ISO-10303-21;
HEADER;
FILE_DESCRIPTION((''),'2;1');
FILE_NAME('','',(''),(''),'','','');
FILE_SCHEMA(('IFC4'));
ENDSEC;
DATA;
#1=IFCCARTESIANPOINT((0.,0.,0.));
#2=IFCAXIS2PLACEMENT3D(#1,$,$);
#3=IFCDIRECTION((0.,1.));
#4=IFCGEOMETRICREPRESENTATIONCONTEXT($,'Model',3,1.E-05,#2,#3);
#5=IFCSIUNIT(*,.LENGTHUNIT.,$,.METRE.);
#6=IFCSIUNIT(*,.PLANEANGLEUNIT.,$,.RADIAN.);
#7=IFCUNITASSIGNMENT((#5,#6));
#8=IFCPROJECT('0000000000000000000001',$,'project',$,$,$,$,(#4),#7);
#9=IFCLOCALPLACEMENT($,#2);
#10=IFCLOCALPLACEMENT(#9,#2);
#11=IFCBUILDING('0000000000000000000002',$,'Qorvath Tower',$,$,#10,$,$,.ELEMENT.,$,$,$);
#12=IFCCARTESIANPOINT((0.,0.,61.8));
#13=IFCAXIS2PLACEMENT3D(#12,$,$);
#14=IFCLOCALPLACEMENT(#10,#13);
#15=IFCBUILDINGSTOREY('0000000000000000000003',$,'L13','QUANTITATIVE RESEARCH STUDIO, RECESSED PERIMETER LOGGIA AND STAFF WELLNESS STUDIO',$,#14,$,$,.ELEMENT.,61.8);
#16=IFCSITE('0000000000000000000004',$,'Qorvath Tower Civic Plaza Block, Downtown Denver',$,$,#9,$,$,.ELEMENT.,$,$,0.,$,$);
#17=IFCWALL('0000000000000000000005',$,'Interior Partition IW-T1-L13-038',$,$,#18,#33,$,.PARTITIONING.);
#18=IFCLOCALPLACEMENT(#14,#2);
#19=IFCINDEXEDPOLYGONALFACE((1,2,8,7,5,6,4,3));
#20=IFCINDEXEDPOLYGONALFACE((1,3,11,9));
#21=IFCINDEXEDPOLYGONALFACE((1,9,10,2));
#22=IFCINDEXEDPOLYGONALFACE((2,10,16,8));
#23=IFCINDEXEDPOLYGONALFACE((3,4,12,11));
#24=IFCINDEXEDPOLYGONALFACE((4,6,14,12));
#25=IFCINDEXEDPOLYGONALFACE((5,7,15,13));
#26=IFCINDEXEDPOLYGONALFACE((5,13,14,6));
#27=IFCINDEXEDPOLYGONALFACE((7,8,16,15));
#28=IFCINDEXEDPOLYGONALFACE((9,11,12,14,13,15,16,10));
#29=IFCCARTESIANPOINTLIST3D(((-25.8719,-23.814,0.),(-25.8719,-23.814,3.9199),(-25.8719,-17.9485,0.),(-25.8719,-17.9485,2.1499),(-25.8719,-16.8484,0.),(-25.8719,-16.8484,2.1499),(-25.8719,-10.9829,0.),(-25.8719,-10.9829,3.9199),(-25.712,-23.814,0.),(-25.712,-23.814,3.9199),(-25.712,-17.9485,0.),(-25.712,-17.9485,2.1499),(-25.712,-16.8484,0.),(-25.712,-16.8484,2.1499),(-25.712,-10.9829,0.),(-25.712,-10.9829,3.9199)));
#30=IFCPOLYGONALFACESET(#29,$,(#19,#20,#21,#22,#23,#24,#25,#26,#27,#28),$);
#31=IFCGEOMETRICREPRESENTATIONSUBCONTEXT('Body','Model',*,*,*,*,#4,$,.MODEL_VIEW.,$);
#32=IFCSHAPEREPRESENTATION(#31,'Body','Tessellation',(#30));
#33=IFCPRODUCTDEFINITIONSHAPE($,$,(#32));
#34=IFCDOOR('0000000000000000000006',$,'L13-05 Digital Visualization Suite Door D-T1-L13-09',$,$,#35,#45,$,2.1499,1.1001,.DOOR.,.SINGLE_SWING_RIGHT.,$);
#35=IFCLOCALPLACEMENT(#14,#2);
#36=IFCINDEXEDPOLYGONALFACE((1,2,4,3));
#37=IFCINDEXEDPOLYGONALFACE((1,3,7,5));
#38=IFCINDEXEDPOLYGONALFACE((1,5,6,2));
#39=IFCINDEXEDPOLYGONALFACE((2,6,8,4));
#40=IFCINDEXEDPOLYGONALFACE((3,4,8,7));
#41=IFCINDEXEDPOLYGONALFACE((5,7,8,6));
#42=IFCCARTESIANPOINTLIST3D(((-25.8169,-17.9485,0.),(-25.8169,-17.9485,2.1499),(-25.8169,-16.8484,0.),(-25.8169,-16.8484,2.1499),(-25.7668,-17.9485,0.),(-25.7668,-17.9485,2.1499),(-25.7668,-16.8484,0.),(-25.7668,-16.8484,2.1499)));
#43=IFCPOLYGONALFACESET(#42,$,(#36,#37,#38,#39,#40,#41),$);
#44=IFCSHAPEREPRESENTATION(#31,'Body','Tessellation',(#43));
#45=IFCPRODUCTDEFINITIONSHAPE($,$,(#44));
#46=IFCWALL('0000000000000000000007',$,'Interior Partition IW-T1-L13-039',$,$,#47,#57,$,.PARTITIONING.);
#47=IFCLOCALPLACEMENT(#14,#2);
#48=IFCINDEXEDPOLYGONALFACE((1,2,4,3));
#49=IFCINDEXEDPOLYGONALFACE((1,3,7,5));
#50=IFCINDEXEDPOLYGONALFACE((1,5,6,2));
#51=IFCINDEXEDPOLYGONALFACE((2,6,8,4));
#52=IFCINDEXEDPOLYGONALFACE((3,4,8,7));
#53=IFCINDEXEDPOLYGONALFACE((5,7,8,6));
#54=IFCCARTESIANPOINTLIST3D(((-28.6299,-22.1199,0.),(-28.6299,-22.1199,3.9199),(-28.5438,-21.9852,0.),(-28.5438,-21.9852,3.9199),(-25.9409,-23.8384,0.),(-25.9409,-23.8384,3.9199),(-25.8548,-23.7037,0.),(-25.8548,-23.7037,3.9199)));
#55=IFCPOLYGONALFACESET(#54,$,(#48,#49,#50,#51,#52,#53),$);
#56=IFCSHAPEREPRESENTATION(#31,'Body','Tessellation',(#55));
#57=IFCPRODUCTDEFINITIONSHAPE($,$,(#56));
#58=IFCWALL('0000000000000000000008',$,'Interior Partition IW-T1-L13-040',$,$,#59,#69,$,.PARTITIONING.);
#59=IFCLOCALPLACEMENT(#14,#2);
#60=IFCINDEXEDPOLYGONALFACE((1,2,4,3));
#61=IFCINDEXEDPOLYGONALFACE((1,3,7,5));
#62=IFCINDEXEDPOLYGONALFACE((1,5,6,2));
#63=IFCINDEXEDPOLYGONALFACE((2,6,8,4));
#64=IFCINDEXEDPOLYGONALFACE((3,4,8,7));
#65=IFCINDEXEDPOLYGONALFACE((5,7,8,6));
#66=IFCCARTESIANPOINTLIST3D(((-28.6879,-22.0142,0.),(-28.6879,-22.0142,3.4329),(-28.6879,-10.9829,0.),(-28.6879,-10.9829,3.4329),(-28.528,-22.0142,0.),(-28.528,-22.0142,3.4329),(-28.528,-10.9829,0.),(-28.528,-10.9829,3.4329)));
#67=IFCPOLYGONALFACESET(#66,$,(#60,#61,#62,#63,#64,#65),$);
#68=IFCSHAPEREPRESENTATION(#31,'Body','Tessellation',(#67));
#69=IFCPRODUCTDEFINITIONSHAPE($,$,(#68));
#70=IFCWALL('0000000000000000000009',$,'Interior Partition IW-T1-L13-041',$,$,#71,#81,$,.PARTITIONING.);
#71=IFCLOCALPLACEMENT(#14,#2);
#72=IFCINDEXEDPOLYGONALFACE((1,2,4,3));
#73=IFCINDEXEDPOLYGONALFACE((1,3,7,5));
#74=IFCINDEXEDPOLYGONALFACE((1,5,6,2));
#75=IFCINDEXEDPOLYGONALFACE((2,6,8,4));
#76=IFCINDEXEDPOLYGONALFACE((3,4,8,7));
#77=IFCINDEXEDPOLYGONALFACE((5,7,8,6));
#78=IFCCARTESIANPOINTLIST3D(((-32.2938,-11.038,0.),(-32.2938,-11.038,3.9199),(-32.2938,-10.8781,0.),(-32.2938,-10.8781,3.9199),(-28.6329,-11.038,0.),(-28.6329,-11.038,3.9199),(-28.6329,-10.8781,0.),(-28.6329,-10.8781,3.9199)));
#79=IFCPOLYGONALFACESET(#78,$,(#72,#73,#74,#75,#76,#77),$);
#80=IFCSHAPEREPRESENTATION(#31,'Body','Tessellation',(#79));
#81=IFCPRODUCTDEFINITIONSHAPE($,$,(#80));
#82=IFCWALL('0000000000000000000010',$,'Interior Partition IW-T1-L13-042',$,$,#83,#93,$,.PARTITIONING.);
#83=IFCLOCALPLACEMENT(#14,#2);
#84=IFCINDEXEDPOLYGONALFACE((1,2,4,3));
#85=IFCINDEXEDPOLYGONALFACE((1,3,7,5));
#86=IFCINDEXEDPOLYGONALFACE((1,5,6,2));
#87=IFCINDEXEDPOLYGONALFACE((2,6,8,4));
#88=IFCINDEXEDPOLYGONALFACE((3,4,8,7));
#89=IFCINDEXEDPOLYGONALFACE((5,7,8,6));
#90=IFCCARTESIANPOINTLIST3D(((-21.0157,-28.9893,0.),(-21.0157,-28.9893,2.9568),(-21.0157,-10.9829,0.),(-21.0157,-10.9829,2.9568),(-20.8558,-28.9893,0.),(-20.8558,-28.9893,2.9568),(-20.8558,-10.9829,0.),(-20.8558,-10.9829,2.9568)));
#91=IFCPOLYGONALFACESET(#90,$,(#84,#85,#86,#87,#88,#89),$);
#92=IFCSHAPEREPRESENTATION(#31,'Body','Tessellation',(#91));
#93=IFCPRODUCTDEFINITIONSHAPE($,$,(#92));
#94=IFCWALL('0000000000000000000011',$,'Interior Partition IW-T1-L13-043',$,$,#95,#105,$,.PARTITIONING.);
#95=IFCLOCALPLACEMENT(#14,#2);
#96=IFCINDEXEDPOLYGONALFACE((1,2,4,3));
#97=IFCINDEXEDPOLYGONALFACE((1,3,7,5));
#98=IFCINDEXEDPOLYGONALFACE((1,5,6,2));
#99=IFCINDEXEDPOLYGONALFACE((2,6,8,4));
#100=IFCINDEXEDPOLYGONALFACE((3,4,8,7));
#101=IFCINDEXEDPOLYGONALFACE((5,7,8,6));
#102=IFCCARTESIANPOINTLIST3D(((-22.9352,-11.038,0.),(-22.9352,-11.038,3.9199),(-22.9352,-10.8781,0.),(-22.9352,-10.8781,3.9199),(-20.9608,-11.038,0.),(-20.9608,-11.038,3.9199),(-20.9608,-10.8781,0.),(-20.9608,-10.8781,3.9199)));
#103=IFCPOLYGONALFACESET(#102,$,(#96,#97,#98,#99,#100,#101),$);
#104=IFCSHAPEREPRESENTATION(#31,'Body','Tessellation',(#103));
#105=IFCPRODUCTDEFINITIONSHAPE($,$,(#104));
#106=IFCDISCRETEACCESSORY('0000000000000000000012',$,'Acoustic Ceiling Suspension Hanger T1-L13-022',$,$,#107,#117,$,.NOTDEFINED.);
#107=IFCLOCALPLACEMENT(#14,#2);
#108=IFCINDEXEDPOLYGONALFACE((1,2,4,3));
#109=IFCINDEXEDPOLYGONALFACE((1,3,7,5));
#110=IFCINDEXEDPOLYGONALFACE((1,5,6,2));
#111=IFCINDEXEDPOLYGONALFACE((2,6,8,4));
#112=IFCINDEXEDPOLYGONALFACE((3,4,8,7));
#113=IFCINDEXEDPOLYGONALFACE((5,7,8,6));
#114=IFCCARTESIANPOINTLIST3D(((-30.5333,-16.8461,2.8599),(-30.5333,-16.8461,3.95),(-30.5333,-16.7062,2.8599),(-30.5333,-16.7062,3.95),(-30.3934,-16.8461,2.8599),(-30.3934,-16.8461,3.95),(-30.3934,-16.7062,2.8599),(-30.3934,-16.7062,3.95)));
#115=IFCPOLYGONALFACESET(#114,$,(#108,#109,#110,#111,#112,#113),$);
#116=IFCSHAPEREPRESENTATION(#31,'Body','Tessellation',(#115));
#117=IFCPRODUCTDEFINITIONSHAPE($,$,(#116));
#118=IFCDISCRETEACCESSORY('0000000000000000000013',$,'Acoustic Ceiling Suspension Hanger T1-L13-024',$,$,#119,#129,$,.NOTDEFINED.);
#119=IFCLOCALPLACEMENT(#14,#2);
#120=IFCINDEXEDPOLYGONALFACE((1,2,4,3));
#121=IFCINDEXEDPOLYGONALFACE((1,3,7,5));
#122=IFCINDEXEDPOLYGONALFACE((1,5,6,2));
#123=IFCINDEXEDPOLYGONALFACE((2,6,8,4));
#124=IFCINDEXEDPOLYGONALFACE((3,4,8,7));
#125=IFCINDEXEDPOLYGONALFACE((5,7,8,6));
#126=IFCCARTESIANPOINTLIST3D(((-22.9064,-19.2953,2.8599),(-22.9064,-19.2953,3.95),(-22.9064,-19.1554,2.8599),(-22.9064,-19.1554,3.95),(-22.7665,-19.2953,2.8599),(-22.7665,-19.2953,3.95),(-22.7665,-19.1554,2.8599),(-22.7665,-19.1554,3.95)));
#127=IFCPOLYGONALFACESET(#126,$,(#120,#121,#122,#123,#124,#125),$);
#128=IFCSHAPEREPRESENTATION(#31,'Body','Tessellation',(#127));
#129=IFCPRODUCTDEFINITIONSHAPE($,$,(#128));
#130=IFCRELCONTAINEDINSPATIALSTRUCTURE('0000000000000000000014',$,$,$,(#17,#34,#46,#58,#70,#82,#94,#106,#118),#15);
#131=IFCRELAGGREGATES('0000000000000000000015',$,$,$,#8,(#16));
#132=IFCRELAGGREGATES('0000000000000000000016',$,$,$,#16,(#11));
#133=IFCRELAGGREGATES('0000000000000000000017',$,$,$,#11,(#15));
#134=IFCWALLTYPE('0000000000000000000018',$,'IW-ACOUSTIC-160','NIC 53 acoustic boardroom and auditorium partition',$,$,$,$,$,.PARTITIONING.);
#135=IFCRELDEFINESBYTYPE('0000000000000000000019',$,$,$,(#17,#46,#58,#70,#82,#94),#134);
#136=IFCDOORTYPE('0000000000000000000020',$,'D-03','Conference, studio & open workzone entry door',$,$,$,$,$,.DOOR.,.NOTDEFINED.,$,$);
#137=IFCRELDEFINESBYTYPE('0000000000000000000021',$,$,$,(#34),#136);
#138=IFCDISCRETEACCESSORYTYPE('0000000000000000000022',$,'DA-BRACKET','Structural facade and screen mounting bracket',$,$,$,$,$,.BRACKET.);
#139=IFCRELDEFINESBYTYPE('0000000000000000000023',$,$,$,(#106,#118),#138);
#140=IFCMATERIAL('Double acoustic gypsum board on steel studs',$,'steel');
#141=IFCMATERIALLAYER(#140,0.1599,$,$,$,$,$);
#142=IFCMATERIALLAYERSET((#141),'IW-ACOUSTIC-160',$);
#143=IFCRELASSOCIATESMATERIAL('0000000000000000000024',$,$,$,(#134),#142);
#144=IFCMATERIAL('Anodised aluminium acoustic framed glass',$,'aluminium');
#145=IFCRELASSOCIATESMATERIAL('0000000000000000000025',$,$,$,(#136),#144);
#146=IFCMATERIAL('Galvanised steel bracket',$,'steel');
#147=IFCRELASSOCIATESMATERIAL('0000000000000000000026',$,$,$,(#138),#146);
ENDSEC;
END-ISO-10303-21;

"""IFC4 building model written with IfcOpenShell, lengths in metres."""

from ifc_helpers import new_model, si_unit, direction, frame, frame_2d, origin, origin_2d, place, context, subcontext, project, spatial, rectangle, extrude, material, layer, layer_set, type_object, element, fill, save


model = new_model("IFC4")

# Units and contexts
model_context = context("Model", 3, precision=1e-05, world=origin(), true_north=direction((0.0, 1.0)))
body_context = subcontext(model_context, "Body", "Model", "MODEL_VIEW")
ifc_project = project(units=[si_unit("LENGTHUNIT", "METRE"), si_unit("PLANEANGLEUNIT", "RADIAN")], contexts=[model_context])

# Site, building, storey
site_placement = place(None, origin())
site = spatial("IfcSite", under=ifc_project, at=site_placement, Name="Qorvath Tower Civic Plaza Block, Downtown Denver", CompositionType="ELEMENT", RefElevation=0.0)
building_placement = place(site_placement, origin())
building = spatial("IfcBuilding", under=site, at=building_placement, Name="Qorvath Tower", CompositionType="ELEMENT")
storey_placement = place(building_placement, frame((0.0, 0.0, 61.8)))
storey = spatial("IfcBuildingStorey", under=building, at=storey_placement, Name="L13", Description="QUANTITATIVE RESEARCH STUDIO, RECESSED PERIMETER LOGGIA AND STAFF WELLNESS STUDIO", CompositionType="ELEMENT", Elevation=61.8)

# Shared definitions
ifc_material_1 = material(Name="Double acoustic gypsum board on steel studs", Category="steel")
ifc_layer_1 = layer(ifc_material_1, 0.1599)
ifc_layer_set_1 = layer_set([ifc_layer_1], Name="IW-ACOUSTIC-160")
wall_type = type_object("IfcWallType", Name="IW-ACOUSTIC-160", Description="NIC 53 acoustic boardroom and auditorium partition", PredefinedType="PARTITIONING", material=ifc_layer_set_1)

# Wall, opening, door
wall_1_placement = place(storey_placement, frame((-25.792, -23.814, 0.0), z_axis=(0.0, 0.0, 1.0), x_axis=(0.0, 1.0, 0.0)))
wall_1 = element("IfcWall", 1, at=wall_1_placement, inside=storey, type_object=wall_type, Name="Interior Partition IW-T1-L13-038", PredefinedType="PARTITIONING", context=body_context, shape_type="SweptSolid", body=[
    extrude(rectangle(XDim=12.8311, YDim=0.1599, at=frame_2d((6.4155, 0.0))), origin(), (0.0, 0.0, 1.0), 3.9199),
])
opening_1_placement = place(wall_1_placement, frame((5.8655, 0.0, 0.0)))
opening_1 = element("IfcOpeningElement", 2, at=opening_1_placement, cuts=wall_1, PredefinedType="OPENING", context=body_context, shape_type="SweptSolid", body=[
    extrude(rectangle(XDim=1.1001, YDim=2.1499, at=frame_2d((0.55, 1.075))), frame((0.0, 0.0898, 0.0), z_axis=(0.0, -1.0, 0.0), x_axis=(1.0, 0.0, 0.0)), (0.0, 0.0, 1.0), 0.1799),
])
ifc_material_2 = material(Name="Anodised aluminium acoustic framed glass", Category="aluminium")
door_type_1 = type_object("IfcDoorType", Name="D-03", Description="Conference, studio & open workzone entry door", OperationType="NOTDEFINED", PredefinedType="DOOR", material=ifc_material_2)
door_1_placement = place(opening_1_placement, origin())
door_1 = element("IfcDoor", 3, at=door_1_placement, inside=storey, type_object=door_type_1, Name="L13-05 Digital Visualization Suite Door D-T1-L13-09", OperationType="SINGLE_SWING_RIGHT", OverallHeight=2.1499, OverallWidth=1.1001, PredefinedType="DOOR", context=body_context, shape_type="SweptSolid", body=[
    extrude(rectangle(XDim=1.1001, YDim=2.1499, at=frame_2d((0.55, 1.075))), frame((0.0, 0.0249, 0.0), z_axis=(0.0, -1.0, 0.0), x_axis=(1.0, 0.0, 0.0)), (0.0, 0.0, 1.0), 0.05),
])
fill(opening_1, door_1)

# Walls
wall_2_placement = place(storey_placement, frame((-28.5869, -22.0525, 0.0), z_axis=(0.0, 0.0, 1.0), x_axis=(0.842617, -0.538513, 0.0)))
element("IfcWall", 4, at=wall_2_placement, inside=storey, type_object=wall_type, Name="Interior Partition IW-T1-L13-039", PredefinedType="PARTITIONING", context=body_context, shape_type="SweptSolid", body=[
    extrude(rectangle(XDim=3.1912, YDim=0.1599, at=frame_2d((1.5957, 0.0))), origin(), (0.0, 0.0, 1.0), 3.9199),
])
wall_3_placement = place(storey_placement, frame((-28.6079, -10.9829, 0.0), z_axis=(0.0, 0.0, 1.0), x_axis=(0.0, -1.0, 0.0)))
element("IfcWall", 5, at=wall_3_placement, inside=storey, type_object=wall_type, Name="Interior Partition IW-T1-L13-040", PredefinedType="PARTITIONING", context=body_context, shape_type="SweptSolid", body=[
    extrude(rectangle(XDim=11.0312, YDim=0.1599, at=frame_2d((5.5156, 0.0))), origin(), (0.0, 0.0, 1.0), 3.4329),
])
wall_4_placement = place(storey_placement, frame((-28.6328, -10.958, 0.0), z_axis=(0.0, 0.0, 1.0), x_axis=(-1.0, 0.0, 0.0)))
element("IfcWall", 6, at=wall_4_placement, inside=storey, type_object=wall_type, Name="Interior Partition IW-T1-L13-041", PredefinedType="PARTITIONING", context=body_context, shape_type="SweptSolid", body=[
    extrude(rectangle(XDim=3.6609, YDim=0.1599, at=frame_2d((1.8306, 0.0))), origin(), (0.0, 0.0, 1.0), 3.9199),
])
wall_5_placement = place(storey_placement, frame((-20.9358, -28.9893, 0.0), z_axis=(0.0, 0.0, 1.0), x_axis=(0.0, 1.0, 0.0)))
element("IfcWall", 7, at=wall_5_placement, inside=storey, type_object=wall_type, Name="Interior Partition IW-T1-L13-042", PredefinedType="PARTITIONING", context=body_context, shape_type="SweptSolid", body=[
    extrude(rectangle(XDim=18.0063, YDim=0.1599, at=frame_2d((9.0032, 0.0))), origin(), (0.0, 0.0, 1.0), 2.9568),
])
wall_6_placement = place(storey_placement, frame((-20.9607, -10.958, 0.0), z_axis=(0.0, 0.0, 1.0), x_axis=(-1.0, 0.0, 0.0)))
element("IfcWall", 8, at=wall_6_placement, inside=storey, type_object=wall_type, Name="Interior Partition IW-T1-L13-043", PredefinedType="PARTITIONING", context=body_context, shape_type="SweptSolid", body=[
    extrude(rectangle(XDim=1.9744, YDim=0.1599, at=frame_2d((0.9873, 0.0))), origin(), (0.0, 0.0, 1.0), 3.9199),
])

# Discrete accessories
ifc_material_3 = material(Name="Galvanised steel bracket", Category="steel")
discrete_accessory_type = type_object("IfcDiscreteAccessoryType", Name="DA-BRACKET", Description="Structural facade and screen mounting bracket", PredefinedType="BRACKET", material=ifc_material_3)
for number, where, z_axis, x_axis, name in (
    (9, (-30.4634, -16.7761, 2.8599), (0.0, 0.0, 1.0), (1.0, 0.0, 0.0), "Acoustic Ceiling Suspension Hanger T1-L13-022"),
    (10, (-22.8364, -19.2253, 2.8599), (0.0, 0.0, 1.0), (1.0, 0.0, 0.0), "Acoustic Ceiling Suspension Hanger T1-L13-024"),
):
    element("IfcDiscreteAccessory", number, at=place(storey_placement, frame(where, z_axis=z_axis, x_axis=x_axis)), inside=storey, type_object=discrete_accessory_type, Name=name, PredefinedType="NOTDEFINED", context=body_context, shape_type="SweptSolid", body=[
        extrude(rectangle(XDim=0.1399, YDim=0.1399, at=origin_2d()), origin(), (0.0, 0.0, 1.0), 1.0901),
    ])

save(model, "model.ifc")
